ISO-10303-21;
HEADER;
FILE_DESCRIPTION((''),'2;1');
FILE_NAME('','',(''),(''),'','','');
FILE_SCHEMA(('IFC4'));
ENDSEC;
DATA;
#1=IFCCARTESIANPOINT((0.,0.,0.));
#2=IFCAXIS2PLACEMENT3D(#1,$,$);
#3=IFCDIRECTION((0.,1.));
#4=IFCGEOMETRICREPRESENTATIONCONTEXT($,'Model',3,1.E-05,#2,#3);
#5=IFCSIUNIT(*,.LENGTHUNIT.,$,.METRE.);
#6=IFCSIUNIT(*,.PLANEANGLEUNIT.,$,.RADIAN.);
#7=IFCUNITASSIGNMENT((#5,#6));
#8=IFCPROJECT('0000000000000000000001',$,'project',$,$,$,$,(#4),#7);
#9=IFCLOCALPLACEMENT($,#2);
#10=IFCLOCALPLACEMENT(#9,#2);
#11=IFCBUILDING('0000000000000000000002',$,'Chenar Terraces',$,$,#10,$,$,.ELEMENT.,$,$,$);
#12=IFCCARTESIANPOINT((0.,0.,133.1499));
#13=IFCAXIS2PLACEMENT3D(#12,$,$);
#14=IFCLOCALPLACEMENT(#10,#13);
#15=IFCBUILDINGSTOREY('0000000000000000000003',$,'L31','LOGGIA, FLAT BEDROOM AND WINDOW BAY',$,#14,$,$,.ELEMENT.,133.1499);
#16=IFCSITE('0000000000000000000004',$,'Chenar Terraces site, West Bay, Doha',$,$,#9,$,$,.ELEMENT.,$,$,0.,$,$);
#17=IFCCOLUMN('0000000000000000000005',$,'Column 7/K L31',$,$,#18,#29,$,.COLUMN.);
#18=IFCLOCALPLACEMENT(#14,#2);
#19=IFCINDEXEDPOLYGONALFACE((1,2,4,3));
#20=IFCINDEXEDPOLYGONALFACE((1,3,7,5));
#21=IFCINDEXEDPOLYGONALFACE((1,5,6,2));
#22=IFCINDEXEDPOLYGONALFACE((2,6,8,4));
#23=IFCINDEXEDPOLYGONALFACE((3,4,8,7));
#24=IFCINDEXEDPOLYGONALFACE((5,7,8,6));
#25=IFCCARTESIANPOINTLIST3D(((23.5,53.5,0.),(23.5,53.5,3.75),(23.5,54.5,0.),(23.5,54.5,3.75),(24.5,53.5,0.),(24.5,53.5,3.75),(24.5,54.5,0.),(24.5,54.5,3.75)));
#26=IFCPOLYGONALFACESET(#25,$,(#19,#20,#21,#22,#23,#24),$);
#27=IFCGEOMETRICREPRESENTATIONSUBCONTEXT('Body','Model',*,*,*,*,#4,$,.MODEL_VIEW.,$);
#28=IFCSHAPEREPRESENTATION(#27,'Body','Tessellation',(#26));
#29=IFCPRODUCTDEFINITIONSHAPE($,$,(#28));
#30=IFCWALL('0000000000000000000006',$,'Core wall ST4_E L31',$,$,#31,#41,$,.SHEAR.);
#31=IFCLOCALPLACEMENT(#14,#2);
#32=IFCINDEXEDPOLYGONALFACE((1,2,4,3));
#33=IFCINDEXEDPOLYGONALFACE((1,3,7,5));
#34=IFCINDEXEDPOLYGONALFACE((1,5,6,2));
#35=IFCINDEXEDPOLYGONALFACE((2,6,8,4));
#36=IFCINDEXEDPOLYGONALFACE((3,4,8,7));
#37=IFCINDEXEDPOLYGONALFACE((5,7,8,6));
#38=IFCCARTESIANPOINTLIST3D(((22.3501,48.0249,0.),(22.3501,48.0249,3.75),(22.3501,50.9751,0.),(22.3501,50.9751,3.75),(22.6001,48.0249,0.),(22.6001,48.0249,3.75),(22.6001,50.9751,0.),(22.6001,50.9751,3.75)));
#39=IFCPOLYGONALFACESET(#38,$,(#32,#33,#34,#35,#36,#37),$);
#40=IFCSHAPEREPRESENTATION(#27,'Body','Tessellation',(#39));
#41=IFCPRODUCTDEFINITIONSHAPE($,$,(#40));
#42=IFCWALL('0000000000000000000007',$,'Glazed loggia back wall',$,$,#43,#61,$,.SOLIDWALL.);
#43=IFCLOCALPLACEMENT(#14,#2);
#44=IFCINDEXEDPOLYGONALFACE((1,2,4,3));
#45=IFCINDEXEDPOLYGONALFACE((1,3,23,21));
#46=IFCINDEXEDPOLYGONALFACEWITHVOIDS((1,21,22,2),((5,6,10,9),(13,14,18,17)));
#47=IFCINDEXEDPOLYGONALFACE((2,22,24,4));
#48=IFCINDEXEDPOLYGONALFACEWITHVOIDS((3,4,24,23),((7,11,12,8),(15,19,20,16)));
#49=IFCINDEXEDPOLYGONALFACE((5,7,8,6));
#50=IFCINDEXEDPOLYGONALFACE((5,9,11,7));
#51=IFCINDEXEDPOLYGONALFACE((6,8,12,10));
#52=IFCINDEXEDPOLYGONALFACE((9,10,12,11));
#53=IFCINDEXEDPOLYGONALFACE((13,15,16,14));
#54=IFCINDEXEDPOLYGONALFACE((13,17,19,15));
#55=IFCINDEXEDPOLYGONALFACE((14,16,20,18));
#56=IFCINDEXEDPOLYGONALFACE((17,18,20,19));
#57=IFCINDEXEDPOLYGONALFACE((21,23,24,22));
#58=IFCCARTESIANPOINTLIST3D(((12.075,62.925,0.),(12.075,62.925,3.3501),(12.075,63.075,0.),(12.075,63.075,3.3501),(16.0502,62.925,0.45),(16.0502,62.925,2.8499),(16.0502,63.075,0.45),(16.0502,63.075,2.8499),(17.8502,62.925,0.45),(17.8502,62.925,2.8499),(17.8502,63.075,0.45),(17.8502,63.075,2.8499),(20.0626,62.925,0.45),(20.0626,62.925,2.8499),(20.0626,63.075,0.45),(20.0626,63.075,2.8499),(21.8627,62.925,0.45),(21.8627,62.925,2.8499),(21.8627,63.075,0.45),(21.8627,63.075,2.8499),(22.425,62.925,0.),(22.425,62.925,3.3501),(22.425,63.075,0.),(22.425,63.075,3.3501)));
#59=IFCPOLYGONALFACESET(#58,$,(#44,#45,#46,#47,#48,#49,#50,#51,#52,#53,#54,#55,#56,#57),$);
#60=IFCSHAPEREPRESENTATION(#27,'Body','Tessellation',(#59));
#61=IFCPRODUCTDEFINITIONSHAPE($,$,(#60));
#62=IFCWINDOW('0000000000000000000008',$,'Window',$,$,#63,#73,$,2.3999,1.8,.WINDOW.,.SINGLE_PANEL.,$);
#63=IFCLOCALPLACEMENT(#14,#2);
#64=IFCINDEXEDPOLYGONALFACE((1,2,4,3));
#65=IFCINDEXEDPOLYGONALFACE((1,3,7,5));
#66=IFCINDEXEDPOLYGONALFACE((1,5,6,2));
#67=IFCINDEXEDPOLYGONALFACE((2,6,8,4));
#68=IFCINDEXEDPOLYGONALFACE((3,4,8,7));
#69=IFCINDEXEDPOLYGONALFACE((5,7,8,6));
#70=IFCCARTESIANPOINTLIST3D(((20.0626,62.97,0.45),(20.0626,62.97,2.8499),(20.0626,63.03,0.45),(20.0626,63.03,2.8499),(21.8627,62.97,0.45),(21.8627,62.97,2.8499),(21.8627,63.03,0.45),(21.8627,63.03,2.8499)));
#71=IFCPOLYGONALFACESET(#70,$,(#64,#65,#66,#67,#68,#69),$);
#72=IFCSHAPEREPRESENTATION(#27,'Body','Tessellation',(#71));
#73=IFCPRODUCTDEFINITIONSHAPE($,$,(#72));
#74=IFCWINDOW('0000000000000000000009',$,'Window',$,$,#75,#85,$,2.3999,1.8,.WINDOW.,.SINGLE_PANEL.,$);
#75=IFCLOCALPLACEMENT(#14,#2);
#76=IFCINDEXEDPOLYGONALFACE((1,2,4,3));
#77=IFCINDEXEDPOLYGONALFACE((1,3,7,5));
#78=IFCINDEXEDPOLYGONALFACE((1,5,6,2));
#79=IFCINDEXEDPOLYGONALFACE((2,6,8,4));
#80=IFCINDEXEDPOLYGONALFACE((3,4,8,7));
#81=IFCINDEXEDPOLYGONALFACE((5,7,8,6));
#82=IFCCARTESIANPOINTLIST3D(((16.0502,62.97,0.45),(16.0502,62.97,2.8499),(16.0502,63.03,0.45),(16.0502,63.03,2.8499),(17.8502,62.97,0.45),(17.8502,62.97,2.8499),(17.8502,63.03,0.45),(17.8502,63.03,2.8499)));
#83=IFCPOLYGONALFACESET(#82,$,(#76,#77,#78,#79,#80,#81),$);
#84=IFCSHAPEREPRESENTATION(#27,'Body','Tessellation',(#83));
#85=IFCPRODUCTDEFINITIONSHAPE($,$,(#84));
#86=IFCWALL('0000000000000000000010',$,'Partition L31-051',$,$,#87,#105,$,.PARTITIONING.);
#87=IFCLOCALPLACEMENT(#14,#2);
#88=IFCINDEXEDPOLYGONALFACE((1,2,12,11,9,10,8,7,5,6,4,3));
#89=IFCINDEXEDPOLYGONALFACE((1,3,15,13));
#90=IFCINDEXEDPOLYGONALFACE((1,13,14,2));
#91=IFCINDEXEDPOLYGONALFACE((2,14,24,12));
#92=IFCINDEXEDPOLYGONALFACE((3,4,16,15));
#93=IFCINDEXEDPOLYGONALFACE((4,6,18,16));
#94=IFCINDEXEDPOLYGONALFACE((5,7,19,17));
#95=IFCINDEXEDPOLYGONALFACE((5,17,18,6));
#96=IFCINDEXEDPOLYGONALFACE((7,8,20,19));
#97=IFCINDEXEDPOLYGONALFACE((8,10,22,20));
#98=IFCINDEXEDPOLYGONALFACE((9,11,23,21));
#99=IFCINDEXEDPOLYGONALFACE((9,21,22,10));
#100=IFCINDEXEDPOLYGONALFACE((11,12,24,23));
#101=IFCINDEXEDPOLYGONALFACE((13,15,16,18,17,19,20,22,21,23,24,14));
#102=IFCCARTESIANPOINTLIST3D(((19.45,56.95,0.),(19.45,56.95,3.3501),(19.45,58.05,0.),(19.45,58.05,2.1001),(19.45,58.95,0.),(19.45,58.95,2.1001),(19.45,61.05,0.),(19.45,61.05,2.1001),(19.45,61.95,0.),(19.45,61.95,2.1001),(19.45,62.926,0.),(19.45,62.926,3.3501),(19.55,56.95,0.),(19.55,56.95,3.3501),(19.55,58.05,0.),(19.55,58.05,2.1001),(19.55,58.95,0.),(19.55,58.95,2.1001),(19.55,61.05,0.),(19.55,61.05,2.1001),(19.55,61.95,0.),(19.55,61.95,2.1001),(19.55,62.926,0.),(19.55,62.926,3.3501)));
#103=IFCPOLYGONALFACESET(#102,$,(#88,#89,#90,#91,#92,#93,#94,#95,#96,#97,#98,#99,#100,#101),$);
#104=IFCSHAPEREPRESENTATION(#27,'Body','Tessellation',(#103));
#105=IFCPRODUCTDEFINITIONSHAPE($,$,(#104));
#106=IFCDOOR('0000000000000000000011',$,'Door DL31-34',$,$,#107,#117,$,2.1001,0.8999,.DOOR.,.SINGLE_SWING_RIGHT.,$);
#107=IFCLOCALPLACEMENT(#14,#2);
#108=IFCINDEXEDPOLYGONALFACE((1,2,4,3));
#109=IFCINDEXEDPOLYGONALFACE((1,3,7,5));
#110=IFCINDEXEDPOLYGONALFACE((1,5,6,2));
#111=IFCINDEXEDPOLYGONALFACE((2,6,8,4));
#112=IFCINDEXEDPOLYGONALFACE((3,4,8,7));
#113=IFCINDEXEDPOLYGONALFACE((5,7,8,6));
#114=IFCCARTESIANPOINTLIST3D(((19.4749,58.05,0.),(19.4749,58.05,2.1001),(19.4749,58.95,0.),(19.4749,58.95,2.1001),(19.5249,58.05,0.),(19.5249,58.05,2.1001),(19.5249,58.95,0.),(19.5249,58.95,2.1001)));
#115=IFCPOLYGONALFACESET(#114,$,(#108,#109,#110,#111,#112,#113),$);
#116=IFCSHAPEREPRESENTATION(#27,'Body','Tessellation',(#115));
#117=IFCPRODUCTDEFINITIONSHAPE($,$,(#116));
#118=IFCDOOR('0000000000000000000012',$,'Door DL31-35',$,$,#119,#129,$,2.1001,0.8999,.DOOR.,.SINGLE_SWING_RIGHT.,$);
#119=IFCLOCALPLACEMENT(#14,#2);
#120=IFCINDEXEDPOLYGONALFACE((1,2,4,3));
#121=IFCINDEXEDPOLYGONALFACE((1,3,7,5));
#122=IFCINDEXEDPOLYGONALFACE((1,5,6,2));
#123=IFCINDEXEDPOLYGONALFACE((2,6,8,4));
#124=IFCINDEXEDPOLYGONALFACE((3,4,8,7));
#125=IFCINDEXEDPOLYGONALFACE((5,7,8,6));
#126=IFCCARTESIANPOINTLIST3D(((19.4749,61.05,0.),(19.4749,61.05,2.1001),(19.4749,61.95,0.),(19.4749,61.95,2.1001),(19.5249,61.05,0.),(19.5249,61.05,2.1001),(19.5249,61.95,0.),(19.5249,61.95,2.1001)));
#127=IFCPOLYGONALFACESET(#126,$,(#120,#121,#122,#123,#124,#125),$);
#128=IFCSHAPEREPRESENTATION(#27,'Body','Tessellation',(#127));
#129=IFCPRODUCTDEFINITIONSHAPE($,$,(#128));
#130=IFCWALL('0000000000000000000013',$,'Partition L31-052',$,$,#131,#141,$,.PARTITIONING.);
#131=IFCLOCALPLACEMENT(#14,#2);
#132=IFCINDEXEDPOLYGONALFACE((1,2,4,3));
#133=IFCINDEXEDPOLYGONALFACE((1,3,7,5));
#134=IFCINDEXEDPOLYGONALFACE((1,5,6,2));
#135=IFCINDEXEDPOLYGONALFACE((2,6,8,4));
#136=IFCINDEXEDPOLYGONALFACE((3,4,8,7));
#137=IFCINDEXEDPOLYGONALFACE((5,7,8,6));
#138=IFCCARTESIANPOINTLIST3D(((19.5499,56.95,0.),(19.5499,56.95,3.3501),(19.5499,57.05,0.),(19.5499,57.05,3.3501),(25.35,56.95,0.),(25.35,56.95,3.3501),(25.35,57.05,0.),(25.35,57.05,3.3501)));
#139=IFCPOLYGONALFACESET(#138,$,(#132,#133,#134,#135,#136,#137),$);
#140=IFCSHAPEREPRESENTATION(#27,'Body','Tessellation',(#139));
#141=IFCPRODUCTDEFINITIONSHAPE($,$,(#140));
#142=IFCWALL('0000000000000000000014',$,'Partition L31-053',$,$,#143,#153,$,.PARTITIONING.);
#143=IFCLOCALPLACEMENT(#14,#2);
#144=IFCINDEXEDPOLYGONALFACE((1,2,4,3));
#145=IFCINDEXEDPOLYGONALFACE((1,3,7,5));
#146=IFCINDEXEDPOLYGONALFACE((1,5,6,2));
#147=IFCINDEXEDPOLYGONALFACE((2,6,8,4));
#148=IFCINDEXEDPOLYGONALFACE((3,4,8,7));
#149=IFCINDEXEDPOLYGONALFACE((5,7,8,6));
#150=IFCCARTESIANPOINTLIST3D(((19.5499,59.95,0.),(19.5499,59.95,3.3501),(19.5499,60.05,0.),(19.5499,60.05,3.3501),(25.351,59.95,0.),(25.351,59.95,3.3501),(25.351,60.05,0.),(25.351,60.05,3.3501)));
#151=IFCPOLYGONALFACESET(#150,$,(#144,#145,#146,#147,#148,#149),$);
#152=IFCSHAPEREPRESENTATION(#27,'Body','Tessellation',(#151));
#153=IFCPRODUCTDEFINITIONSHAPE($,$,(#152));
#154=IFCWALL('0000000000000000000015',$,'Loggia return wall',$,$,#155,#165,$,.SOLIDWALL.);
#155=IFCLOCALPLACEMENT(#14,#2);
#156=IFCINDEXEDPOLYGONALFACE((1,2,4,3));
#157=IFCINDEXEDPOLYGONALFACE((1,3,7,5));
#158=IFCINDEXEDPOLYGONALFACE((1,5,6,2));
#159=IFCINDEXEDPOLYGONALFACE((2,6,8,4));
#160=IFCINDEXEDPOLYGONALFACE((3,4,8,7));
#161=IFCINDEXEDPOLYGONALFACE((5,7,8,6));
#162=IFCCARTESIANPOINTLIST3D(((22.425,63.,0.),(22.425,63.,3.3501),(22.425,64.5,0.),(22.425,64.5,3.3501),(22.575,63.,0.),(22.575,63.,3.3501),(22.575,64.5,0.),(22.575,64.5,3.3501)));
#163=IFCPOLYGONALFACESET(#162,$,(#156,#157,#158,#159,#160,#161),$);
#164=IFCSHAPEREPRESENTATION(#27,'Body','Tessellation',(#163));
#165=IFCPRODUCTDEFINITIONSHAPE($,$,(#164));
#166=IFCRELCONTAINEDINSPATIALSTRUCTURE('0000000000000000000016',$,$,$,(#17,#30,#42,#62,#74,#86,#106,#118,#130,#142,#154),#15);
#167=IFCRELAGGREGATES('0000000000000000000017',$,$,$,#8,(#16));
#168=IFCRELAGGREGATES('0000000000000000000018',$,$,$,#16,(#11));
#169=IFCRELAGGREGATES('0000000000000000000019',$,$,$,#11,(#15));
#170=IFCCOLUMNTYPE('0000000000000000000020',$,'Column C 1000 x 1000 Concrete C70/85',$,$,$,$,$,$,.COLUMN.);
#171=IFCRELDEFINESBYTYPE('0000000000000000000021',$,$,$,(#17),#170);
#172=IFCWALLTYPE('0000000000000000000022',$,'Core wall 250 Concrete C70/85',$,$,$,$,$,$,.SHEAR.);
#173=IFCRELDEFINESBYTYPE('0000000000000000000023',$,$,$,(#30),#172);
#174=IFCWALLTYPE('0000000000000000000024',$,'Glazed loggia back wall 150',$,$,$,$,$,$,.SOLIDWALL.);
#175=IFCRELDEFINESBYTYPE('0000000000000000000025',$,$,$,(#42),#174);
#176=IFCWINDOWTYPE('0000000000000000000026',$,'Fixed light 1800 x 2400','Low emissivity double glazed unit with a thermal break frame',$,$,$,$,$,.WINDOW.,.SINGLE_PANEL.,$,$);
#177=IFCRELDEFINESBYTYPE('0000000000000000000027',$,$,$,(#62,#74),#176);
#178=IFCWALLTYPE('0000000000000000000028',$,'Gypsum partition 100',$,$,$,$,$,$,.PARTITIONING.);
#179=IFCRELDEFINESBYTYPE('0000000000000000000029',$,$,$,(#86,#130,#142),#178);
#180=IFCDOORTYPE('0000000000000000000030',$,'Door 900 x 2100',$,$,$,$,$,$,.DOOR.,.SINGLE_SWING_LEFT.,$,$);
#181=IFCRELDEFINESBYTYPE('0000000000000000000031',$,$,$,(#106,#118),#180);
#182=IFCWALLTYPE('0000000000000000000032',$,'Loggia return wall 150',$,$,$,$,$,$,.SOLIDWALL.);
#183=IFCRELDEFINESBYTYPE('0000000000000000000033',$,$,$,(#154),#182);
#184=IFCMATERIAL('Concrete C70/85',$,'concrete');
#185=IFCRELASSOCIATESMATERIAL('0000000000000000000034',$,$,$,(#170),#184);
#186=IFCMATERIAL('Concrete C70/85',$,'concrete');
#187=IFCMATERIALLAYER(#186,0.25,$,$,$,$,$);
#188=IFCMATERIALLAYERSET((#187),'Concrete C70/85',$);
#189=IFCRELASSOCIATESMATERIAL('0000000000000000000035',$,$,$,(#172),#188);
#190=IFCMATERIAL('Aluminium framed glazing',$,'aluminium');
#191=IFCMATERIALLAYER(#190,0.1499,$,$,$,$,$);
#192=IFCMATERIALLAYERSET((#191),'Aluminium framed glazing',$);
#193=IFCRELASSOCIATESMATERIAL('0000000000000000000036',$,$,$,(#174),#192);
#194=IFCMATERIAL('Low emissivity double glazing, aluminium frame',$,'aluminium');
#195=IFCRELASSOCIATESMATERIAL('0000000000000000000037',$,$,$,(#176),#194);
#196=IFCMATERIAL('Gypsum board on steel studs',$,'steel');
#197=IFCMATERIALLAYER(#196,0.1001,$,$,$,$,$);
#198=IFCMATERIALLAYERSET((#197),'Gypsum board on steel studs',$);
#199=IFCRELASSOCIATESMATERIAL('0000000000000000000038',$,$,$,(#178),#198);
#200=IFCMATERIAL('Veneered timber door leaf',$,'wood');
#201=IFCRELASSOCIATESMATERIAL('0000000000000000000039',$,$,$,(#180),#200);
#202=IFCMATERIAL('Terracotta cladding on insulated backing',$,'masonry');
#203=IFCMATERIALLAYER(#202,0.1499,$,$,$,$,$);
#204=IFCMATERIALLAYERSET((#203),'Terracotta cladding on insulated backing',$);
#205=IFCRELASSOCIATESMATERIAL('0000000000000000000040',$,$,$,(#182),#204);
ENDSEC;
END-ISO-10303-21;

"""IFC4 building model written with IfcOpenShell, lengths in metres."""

from ifc_helpers import new_model, si_unit, direction, frame, frame_2d, origin, origin_2d, place, context, subcontext, project, spatial, rectangle, extrude, material, layer, layer_set, material_profile, profile_set, type_object, element, fill, save


model = new_model("IFC4")

# Units and contexts
model_context = context("Model", 3, precision=1e-05, world=origin(), true_north=direction((0.0, 1.0)))
body_context = subcontext(model_context, "Body", "Model", "MODEL_VIEW")
ifc_project = project(units=[si_unit("LENGTHUNIT", "METRE"), si_unit("PLANEANGLEUNIT", "RADIAN")], contexts=[model_context])

# Site, building, storey
site_placement = place(None, origin())
site = spatial("IfcSite", under=ifc_project, at=site_placement, Name="Chenar Terraces site, West Bay, Doha", CompositionType="ELEMENT", RefElevation=0.0)
building_placement = place(site_placement, origin())
building = spatial("IfcBuilding", under=site, at=building_placement, Name="Chenar Terraces", CompositionType="ELEMENT")
storey_placement = place(building_placement, frame((0.0, 0.0, 133.1499)))
storey = spatial("IfcBuildingStorey", under=building, at=storey_placement, Name="L31", Description="LOGGIA, FLAT BEDROOM AND WINDOW BAY", CompositionType="ELEMENT", Elevation=133.1499)

# Column
ifc_material_1 = material(Name="Concrete C70/85", Category="concrete")
ifc_material_profile = material_profile(ifc_material_1, rectangle(XDim=1.0, YDim=1.0, at=origin_2d()), Name="C 1000 x 1000")
ifc_profile_set = profile_set([ifc_material_profile], Name="Concrete C70/85")
column_type = type_object("IfcColumnType", Name="Column C 1000 x 1000 Concrete C70/85", PredefinedType="COLUMN", material=ifc_profile_set)
column_placement = place(storey_placement, frame((24.0, 54.0, 0.0), z_axis=(0.0, 0.0, 1.0), x_axis=(1.0, 0.0, 0.0)))
element("IfcColumn", 1, at=column_placement, inside=storey, type_object=column_type, Name="Column 7/K L31", PredefinedType="COLUMN", context=body_context, shape_type="SweptSolid", body=[
    extrude(rectangle(XDim=1.0, YDim=1.0, at=origin_2d()), origin(), (0.0, 0.0, 1.0), 3.75),
])

# Wall
ifc_material_2 = material(Name="Concrete C70/85", Category="concrete")
ifc_layer_1 = layer(ifc_material_2, 0.25)
ifc_layer_set_1 = layer_set([ifc_layer_1], Name="Concrete C70/85")
wall_type_1 = type_object("IfcWallType", Name="Core wall 250 Concrete C70/85", PredefinedType="SHEAR", material=ifc_layer_set_1)
wall_1_placement = place(storey_placement, frame((22.4751, 48.0249, 0.0), z_axis=(0.0, 0.0, 1.0), x_axis=(0.0, 1.0, 0.0)))
element("IfcWall", 2, at=wall_1_placement, inside=storey, type_object=wall_type_1, Name="Core wall ST4_E L31", PredefinedType="SHEAR", context=body_context, shape_type="SweptSolid", body=[
    extrude(rectangle(XDim=2.9502, YDim=0.25, at=frame_2d((1.4751, 0.0))), origin(), (0.0, 0.0, 1.0), 3.75),
])

# Wall, openings, windows
ifc_material_3 = material(Name="Aluminium framed glazing", Category="aluminium")
ifc_layer_2 = layer(ifc_material_3, 0.1499)
ifc_layer_set_2 = layer_set([ifc_layer_2], Name="Aluminium framed glazing")
wall_type_2 = type_object("IfcWallType", Name="Glazed loggia back wall 150", PredefinedType="SOLIDWALL", material=ifc_layer_set_2)
wall_2_placement = place(storey_placement, frame((22.425, 63.0, 0.0), z_axis=(0.0, 0.0, 1.0), x_axis=(-1.0, 0.0, 0.0)))
wall_2 = element("IfcWall", 3, at=wall_2_placement, inside=storey, type_object=wall_type_2, Name="Glazed loggia back wall", PredefinedType="SOLIDWALL", context=body_context, shape_type="SweptSolid", body=[
    extrude(rectangle(XDim=10.3501, YDim=0.1499, at=frame_2d((5.175, 0.0))), origin(), (0.0, 0.0, 1.0), 3.3501),
])
opening_1_placement = place(wall_2_placement, frame((0.5625, 0.0, 0.45)))
opening_1 = element("IfcOpeningElement", 4, at=opening_1_placement, cuts=wall_2, PredefinedType="OPENING", context=body_context, shape_type="SweptSolid", body=[
    extrude(rectangle(XDim=1.8, YDim=2.3999, at=frame_2d((0.8999, 1.2))), frame((0.0, 0.085, 0.0), z_axis=(0.0, -1.0, 0.0), x_axis=(1.0, 0.0, 0.0)), (0.0, 0.0, 1.0), 0.1699),
])
opening_2_placement = place(wall_2_placement, frame((4.575, 0.0, 0.45)))
opening_2 = element("IfcOpeningElement", 5, at=opening_2_placement, cuts=wall_2, PredefinedType="OPENING", context=body_context, shape_type="SweptSolid", body=[
    extrude(rectangle(XDim=1.8, YDim=2.3999, at=frame_2d((0.8999, 1.2))), frame((0.0, 0.085, 0.0), z_axis=(0.0, -1.0, 0.0), x_axis=(1.0, 0.0, 0.0)), (0.0, 0.0, 1.0), 0.1699),
])
ifc_material_4 = material(Name="Low emissivity double glazing, aluminium frame", Category="aluminium")
window_type = type_object("IfcWindowType", Name="Fixed light 1800 x 2400", Description="Low emissivity double glazed unit with a thermal break frame", PartitioningType="SINGLE_PANEL", PredefinedType="WINDOW", material=ifc_material_4)
window_1_placement = place(opening_1_placement, origin())
window_1 = element("IfcWindow", 6, at=window_1_placement, inside=storey, type_object=window_type, Name="Window", OverallHeight=2.3999, OverallWidth=1.8, PartitioningType="SINGLE_PANEL", PredefinedType="WINDOW", context=body_context, shape_type="SweptSolid", body=[
    extrude(rectangle(XDim=1.8, YDim=2.3999, at=frame_2d((0.8999, 1.2))), frame((0.0, 0.03, 0.0), z_axis=(0.0, -1.0, 0.0), x_axis=(1.0, 0.0, 0.0)), (0.0, 0.0, 1.0), 0.0601),
])
fill(opening_1, window_1)
window_2_placement = place(opening_2_placement, origin())
window_2 = element("IfcWindow", 7, at=window_2_placement, inside=storey, type_object=window_type, Name="Window", OverallHeight=2.3999, OverallWidth=1.8, PartitioningType="SINGLE_PANEL", PredefinedType="WINDOW", context=body_context, shape_type="SweptSolid", body=[
    extrude(rectangle(XDim=1.8, YDim=2.3999, at=frame_2d((0.8999, 1.2))), frame((0.0, 0.03, 0.0), z_axis=(0.0, -1.0, 0.0), x_axis=(1.0, 0.0, 0.0)), (0.0, 0.0, 1.0), 0.0601),
])
fill(opening_2, window_2)

# Wall, openings, doors
ifc_material_5 = material(Name="Gypsum board on steel studs", Category="steel")
ifc_layer_3 = layer(ifc_material_5, 0.1001)
ifc_layer_set_3 = layer_set([ifc_layer_3], Name="Gypsum board on steel studs")
wall_type_3 = type_object("IfcWallType", Name="Gypsum partition 100", PredefinedType="PARTITIONING", material=ifc_layer_set_3)
wall_3_placement = place(storey_placement, frame((19.5, 56.95, 0.0), z_axis=(0.0, 0.0, 1.0), x_axis=(0.0, 1.0, 0.0)))
wall_3 = element("IfcWall", 8, at=wall_3_placement, inside=storey, type_object=wall_type_3, Name="Partition L31-051", PredefinedType="PARTITIONING", context=body_context, shape_type="SweptSolid", body=[
    extrude(rectangle(XDim=5.9761, YDim=0.1001, at=frame_2d((2.988, 0.0))), origin(), (0.0, 0.0, 1.0), 3.3501),
])
opening_3_placement = place(wall_3_placement, frame((1.1001, 0.0, 0.0)))
opening_3 = element("IfcOpeningElement", 9, at=opening_3_placement, cuts=wall_3, PredefinedType="OPENING", context=body_context, shape_type="SweptSolid", body=[
    extrude(rectangle(XDim=0.8999, YDim=2.1001, at=frame_2d((0.45, 1.05))), frame((0.0, 0.0601, 0.0), z_axis=(0.0, -1.0, 0.0), x_axis=(1.0, 0.0, 0.0)), (0.0, 0.0, 1.0), 0.1201),
])
opening_4_placement = place(wall_3_placement, frame((4.1001, 0.0, 0.0)))
opening_4 = element("IfcOpeningElement", 10, at=opening_4_placement, cuts=wall_3, PredefinedType="OPENING", context=body_context, shape_type="SweptSolid", body=[
    extrude(rectangle(XDim=0.8999, YDim=2.1001, at=frame_2d((0.45, 1.05))), frame((0.0, 0.0601, 0.0), z_axis=(0.0, -1.0, 0.0), x_axis=(1.0, 0.0, 0.0)), (0.0, 0.0, 1.0), 0.1201),
])
ifc_material_6 = material(Name="Veneered timber door leaf", Category="wood")
door_type_1 = type_object("IfcDoorType", Name="Door 900 x 2100", OperationType="SINGLE_SWING_LEFT", PredefinedType="DOOR", material=ifc_material_6)
door_1_placement = place(opening_3_placement, frame((0.8999, 0.0, 0.0), z_axis=(0.0, 0.0, 1.0), x_axis=(-1.0, 0.0, 0.0)))
door_1 = element("IfcDoor", 11, at=door_1_placement, inside=storey, type_object=door_type_1, Name="Door DL31-34", OperationType="SINGLE_SWING_RIGHT", OverallHeight=2.1001, OverallWidth=0.8999, PredefinedType="DOOR", context=body_context, shape_type="SweptSolid", body=[
    extrude(rectangle(XDim=0.8999, YDim=2.1001, at=frame_2d((0.45, 1.05))), frame((0.0, 0.0249, 0.0), z_axis=(0.0, -1.0, 0.0), x_axis=(1.0, 0.0, 0.0)), (0.0, 0.0, 1.0), 0.05),
])
fill(opening_3, door_1)
door_2_placement = place(opening_4_placement, frame((0.8999, 0.0, 0.0), z_axis=(0.0, 0.0, 1.0), x_axis=(-1.0, 0.0, 0.0)))
door_2 = element("IfcDoor", 12, at=door_2_placement, inside=storey, type_object=door_type_1, Name="Door DL31-35", OperationType="SINGLE_SWING_RIGHT", OverallHeight=2.1001, OverallWidth=0.8999, PredefinedType="DOOR", context=body_context, shape_type="SweptSolid", body=[
    extrude(rectangle(XDim=0.8999, YDim=2.1001, at=frame_2d((0.45, 1.05))), frame((0.0, 0.0249, 0.0), z_axis=(0.0, -1.0, 0.0), x_axis=(1.0, 0.0, 0.0)), (0.0, 0.0, 1.0), 0.05),
])
fill(opening_4, door_2)

# Walls
wall_4_placement = place(storey_placement, frame((19.55, 57.0, 0.0), z_axis=(0.0, 0.0, 1.0), x_axis=(1.0, 0.0, 0.0)))
element("IfcWall", 13, at=wall_4_placement, inside=storey, type_object=wall_type_3, Name="Partition L31-052", PredefinedType="PARTITIONING", context=body_context, shape_type="SweptSolid", body=[
    extrude(rectangle(XDim=5.8, YDim=0.1001, at=frame_2d((2.8999, 0.0))), origin(), (0.0, 0.0, 1.0), 3.3501),
])
wall_5_placement = place(storey_placement, frame((19.55, 60.0, 0.0), z_axis=(0.0, 0.0, 1.0), x_axis=(1.0, 0.0, 0.0)))
element("IfcWall", 14, at=wall_5_placement, inside=storey, type_object=wall_type_3, Name="Partition L31-053", PredefinedType="PARTITIONING", context=body_context, shape_type="SweptSolid", body=[
    extrude(rectangle(XDim=5.801, YDim=0.1001, at=frame_2d((2.9004, 0.0))), origin(), (0.0, 0.0, 1.0), 3.3501),
])
ifc_material_7 = material(Name="Terracotta cladding on insulated backing", Category="masonry")
ifc_layer_4 = layer(ifc_material_7, 0.1499)
ifc_layer_set_4 = layer_set([ifc_layer_4], Name="Terracotta cladding on insulated backing")
wall_type_4 = type_object("IfcWallType", Name="Loggia return wall 150", PredefinedType="SOLIDWALL", material=ifc_layer_set_4)
wall_6_placement = place(storey_placement, frame((22.5, 64.5, 0.0), z_axis=(0.0, 0.0, 1.0), x_axis=(0.0, -1.0, 0.0)))
element("IfcWall", 15, at=wall_6_placement, inside=storey, type_object=wall_type_4, Name="Loggia return wall", PredefinedType="SOLIDWALL", context=body_context, shape_type="SweptSolid", body=[
    extrude(rectangle(XDim=1.5, YDim=0.1499, at=frame_2d((0.75, 0.0))), origin(), (0.0, 0.0, 1.0), 3.3501),
])

save(model, "model.ifc")
